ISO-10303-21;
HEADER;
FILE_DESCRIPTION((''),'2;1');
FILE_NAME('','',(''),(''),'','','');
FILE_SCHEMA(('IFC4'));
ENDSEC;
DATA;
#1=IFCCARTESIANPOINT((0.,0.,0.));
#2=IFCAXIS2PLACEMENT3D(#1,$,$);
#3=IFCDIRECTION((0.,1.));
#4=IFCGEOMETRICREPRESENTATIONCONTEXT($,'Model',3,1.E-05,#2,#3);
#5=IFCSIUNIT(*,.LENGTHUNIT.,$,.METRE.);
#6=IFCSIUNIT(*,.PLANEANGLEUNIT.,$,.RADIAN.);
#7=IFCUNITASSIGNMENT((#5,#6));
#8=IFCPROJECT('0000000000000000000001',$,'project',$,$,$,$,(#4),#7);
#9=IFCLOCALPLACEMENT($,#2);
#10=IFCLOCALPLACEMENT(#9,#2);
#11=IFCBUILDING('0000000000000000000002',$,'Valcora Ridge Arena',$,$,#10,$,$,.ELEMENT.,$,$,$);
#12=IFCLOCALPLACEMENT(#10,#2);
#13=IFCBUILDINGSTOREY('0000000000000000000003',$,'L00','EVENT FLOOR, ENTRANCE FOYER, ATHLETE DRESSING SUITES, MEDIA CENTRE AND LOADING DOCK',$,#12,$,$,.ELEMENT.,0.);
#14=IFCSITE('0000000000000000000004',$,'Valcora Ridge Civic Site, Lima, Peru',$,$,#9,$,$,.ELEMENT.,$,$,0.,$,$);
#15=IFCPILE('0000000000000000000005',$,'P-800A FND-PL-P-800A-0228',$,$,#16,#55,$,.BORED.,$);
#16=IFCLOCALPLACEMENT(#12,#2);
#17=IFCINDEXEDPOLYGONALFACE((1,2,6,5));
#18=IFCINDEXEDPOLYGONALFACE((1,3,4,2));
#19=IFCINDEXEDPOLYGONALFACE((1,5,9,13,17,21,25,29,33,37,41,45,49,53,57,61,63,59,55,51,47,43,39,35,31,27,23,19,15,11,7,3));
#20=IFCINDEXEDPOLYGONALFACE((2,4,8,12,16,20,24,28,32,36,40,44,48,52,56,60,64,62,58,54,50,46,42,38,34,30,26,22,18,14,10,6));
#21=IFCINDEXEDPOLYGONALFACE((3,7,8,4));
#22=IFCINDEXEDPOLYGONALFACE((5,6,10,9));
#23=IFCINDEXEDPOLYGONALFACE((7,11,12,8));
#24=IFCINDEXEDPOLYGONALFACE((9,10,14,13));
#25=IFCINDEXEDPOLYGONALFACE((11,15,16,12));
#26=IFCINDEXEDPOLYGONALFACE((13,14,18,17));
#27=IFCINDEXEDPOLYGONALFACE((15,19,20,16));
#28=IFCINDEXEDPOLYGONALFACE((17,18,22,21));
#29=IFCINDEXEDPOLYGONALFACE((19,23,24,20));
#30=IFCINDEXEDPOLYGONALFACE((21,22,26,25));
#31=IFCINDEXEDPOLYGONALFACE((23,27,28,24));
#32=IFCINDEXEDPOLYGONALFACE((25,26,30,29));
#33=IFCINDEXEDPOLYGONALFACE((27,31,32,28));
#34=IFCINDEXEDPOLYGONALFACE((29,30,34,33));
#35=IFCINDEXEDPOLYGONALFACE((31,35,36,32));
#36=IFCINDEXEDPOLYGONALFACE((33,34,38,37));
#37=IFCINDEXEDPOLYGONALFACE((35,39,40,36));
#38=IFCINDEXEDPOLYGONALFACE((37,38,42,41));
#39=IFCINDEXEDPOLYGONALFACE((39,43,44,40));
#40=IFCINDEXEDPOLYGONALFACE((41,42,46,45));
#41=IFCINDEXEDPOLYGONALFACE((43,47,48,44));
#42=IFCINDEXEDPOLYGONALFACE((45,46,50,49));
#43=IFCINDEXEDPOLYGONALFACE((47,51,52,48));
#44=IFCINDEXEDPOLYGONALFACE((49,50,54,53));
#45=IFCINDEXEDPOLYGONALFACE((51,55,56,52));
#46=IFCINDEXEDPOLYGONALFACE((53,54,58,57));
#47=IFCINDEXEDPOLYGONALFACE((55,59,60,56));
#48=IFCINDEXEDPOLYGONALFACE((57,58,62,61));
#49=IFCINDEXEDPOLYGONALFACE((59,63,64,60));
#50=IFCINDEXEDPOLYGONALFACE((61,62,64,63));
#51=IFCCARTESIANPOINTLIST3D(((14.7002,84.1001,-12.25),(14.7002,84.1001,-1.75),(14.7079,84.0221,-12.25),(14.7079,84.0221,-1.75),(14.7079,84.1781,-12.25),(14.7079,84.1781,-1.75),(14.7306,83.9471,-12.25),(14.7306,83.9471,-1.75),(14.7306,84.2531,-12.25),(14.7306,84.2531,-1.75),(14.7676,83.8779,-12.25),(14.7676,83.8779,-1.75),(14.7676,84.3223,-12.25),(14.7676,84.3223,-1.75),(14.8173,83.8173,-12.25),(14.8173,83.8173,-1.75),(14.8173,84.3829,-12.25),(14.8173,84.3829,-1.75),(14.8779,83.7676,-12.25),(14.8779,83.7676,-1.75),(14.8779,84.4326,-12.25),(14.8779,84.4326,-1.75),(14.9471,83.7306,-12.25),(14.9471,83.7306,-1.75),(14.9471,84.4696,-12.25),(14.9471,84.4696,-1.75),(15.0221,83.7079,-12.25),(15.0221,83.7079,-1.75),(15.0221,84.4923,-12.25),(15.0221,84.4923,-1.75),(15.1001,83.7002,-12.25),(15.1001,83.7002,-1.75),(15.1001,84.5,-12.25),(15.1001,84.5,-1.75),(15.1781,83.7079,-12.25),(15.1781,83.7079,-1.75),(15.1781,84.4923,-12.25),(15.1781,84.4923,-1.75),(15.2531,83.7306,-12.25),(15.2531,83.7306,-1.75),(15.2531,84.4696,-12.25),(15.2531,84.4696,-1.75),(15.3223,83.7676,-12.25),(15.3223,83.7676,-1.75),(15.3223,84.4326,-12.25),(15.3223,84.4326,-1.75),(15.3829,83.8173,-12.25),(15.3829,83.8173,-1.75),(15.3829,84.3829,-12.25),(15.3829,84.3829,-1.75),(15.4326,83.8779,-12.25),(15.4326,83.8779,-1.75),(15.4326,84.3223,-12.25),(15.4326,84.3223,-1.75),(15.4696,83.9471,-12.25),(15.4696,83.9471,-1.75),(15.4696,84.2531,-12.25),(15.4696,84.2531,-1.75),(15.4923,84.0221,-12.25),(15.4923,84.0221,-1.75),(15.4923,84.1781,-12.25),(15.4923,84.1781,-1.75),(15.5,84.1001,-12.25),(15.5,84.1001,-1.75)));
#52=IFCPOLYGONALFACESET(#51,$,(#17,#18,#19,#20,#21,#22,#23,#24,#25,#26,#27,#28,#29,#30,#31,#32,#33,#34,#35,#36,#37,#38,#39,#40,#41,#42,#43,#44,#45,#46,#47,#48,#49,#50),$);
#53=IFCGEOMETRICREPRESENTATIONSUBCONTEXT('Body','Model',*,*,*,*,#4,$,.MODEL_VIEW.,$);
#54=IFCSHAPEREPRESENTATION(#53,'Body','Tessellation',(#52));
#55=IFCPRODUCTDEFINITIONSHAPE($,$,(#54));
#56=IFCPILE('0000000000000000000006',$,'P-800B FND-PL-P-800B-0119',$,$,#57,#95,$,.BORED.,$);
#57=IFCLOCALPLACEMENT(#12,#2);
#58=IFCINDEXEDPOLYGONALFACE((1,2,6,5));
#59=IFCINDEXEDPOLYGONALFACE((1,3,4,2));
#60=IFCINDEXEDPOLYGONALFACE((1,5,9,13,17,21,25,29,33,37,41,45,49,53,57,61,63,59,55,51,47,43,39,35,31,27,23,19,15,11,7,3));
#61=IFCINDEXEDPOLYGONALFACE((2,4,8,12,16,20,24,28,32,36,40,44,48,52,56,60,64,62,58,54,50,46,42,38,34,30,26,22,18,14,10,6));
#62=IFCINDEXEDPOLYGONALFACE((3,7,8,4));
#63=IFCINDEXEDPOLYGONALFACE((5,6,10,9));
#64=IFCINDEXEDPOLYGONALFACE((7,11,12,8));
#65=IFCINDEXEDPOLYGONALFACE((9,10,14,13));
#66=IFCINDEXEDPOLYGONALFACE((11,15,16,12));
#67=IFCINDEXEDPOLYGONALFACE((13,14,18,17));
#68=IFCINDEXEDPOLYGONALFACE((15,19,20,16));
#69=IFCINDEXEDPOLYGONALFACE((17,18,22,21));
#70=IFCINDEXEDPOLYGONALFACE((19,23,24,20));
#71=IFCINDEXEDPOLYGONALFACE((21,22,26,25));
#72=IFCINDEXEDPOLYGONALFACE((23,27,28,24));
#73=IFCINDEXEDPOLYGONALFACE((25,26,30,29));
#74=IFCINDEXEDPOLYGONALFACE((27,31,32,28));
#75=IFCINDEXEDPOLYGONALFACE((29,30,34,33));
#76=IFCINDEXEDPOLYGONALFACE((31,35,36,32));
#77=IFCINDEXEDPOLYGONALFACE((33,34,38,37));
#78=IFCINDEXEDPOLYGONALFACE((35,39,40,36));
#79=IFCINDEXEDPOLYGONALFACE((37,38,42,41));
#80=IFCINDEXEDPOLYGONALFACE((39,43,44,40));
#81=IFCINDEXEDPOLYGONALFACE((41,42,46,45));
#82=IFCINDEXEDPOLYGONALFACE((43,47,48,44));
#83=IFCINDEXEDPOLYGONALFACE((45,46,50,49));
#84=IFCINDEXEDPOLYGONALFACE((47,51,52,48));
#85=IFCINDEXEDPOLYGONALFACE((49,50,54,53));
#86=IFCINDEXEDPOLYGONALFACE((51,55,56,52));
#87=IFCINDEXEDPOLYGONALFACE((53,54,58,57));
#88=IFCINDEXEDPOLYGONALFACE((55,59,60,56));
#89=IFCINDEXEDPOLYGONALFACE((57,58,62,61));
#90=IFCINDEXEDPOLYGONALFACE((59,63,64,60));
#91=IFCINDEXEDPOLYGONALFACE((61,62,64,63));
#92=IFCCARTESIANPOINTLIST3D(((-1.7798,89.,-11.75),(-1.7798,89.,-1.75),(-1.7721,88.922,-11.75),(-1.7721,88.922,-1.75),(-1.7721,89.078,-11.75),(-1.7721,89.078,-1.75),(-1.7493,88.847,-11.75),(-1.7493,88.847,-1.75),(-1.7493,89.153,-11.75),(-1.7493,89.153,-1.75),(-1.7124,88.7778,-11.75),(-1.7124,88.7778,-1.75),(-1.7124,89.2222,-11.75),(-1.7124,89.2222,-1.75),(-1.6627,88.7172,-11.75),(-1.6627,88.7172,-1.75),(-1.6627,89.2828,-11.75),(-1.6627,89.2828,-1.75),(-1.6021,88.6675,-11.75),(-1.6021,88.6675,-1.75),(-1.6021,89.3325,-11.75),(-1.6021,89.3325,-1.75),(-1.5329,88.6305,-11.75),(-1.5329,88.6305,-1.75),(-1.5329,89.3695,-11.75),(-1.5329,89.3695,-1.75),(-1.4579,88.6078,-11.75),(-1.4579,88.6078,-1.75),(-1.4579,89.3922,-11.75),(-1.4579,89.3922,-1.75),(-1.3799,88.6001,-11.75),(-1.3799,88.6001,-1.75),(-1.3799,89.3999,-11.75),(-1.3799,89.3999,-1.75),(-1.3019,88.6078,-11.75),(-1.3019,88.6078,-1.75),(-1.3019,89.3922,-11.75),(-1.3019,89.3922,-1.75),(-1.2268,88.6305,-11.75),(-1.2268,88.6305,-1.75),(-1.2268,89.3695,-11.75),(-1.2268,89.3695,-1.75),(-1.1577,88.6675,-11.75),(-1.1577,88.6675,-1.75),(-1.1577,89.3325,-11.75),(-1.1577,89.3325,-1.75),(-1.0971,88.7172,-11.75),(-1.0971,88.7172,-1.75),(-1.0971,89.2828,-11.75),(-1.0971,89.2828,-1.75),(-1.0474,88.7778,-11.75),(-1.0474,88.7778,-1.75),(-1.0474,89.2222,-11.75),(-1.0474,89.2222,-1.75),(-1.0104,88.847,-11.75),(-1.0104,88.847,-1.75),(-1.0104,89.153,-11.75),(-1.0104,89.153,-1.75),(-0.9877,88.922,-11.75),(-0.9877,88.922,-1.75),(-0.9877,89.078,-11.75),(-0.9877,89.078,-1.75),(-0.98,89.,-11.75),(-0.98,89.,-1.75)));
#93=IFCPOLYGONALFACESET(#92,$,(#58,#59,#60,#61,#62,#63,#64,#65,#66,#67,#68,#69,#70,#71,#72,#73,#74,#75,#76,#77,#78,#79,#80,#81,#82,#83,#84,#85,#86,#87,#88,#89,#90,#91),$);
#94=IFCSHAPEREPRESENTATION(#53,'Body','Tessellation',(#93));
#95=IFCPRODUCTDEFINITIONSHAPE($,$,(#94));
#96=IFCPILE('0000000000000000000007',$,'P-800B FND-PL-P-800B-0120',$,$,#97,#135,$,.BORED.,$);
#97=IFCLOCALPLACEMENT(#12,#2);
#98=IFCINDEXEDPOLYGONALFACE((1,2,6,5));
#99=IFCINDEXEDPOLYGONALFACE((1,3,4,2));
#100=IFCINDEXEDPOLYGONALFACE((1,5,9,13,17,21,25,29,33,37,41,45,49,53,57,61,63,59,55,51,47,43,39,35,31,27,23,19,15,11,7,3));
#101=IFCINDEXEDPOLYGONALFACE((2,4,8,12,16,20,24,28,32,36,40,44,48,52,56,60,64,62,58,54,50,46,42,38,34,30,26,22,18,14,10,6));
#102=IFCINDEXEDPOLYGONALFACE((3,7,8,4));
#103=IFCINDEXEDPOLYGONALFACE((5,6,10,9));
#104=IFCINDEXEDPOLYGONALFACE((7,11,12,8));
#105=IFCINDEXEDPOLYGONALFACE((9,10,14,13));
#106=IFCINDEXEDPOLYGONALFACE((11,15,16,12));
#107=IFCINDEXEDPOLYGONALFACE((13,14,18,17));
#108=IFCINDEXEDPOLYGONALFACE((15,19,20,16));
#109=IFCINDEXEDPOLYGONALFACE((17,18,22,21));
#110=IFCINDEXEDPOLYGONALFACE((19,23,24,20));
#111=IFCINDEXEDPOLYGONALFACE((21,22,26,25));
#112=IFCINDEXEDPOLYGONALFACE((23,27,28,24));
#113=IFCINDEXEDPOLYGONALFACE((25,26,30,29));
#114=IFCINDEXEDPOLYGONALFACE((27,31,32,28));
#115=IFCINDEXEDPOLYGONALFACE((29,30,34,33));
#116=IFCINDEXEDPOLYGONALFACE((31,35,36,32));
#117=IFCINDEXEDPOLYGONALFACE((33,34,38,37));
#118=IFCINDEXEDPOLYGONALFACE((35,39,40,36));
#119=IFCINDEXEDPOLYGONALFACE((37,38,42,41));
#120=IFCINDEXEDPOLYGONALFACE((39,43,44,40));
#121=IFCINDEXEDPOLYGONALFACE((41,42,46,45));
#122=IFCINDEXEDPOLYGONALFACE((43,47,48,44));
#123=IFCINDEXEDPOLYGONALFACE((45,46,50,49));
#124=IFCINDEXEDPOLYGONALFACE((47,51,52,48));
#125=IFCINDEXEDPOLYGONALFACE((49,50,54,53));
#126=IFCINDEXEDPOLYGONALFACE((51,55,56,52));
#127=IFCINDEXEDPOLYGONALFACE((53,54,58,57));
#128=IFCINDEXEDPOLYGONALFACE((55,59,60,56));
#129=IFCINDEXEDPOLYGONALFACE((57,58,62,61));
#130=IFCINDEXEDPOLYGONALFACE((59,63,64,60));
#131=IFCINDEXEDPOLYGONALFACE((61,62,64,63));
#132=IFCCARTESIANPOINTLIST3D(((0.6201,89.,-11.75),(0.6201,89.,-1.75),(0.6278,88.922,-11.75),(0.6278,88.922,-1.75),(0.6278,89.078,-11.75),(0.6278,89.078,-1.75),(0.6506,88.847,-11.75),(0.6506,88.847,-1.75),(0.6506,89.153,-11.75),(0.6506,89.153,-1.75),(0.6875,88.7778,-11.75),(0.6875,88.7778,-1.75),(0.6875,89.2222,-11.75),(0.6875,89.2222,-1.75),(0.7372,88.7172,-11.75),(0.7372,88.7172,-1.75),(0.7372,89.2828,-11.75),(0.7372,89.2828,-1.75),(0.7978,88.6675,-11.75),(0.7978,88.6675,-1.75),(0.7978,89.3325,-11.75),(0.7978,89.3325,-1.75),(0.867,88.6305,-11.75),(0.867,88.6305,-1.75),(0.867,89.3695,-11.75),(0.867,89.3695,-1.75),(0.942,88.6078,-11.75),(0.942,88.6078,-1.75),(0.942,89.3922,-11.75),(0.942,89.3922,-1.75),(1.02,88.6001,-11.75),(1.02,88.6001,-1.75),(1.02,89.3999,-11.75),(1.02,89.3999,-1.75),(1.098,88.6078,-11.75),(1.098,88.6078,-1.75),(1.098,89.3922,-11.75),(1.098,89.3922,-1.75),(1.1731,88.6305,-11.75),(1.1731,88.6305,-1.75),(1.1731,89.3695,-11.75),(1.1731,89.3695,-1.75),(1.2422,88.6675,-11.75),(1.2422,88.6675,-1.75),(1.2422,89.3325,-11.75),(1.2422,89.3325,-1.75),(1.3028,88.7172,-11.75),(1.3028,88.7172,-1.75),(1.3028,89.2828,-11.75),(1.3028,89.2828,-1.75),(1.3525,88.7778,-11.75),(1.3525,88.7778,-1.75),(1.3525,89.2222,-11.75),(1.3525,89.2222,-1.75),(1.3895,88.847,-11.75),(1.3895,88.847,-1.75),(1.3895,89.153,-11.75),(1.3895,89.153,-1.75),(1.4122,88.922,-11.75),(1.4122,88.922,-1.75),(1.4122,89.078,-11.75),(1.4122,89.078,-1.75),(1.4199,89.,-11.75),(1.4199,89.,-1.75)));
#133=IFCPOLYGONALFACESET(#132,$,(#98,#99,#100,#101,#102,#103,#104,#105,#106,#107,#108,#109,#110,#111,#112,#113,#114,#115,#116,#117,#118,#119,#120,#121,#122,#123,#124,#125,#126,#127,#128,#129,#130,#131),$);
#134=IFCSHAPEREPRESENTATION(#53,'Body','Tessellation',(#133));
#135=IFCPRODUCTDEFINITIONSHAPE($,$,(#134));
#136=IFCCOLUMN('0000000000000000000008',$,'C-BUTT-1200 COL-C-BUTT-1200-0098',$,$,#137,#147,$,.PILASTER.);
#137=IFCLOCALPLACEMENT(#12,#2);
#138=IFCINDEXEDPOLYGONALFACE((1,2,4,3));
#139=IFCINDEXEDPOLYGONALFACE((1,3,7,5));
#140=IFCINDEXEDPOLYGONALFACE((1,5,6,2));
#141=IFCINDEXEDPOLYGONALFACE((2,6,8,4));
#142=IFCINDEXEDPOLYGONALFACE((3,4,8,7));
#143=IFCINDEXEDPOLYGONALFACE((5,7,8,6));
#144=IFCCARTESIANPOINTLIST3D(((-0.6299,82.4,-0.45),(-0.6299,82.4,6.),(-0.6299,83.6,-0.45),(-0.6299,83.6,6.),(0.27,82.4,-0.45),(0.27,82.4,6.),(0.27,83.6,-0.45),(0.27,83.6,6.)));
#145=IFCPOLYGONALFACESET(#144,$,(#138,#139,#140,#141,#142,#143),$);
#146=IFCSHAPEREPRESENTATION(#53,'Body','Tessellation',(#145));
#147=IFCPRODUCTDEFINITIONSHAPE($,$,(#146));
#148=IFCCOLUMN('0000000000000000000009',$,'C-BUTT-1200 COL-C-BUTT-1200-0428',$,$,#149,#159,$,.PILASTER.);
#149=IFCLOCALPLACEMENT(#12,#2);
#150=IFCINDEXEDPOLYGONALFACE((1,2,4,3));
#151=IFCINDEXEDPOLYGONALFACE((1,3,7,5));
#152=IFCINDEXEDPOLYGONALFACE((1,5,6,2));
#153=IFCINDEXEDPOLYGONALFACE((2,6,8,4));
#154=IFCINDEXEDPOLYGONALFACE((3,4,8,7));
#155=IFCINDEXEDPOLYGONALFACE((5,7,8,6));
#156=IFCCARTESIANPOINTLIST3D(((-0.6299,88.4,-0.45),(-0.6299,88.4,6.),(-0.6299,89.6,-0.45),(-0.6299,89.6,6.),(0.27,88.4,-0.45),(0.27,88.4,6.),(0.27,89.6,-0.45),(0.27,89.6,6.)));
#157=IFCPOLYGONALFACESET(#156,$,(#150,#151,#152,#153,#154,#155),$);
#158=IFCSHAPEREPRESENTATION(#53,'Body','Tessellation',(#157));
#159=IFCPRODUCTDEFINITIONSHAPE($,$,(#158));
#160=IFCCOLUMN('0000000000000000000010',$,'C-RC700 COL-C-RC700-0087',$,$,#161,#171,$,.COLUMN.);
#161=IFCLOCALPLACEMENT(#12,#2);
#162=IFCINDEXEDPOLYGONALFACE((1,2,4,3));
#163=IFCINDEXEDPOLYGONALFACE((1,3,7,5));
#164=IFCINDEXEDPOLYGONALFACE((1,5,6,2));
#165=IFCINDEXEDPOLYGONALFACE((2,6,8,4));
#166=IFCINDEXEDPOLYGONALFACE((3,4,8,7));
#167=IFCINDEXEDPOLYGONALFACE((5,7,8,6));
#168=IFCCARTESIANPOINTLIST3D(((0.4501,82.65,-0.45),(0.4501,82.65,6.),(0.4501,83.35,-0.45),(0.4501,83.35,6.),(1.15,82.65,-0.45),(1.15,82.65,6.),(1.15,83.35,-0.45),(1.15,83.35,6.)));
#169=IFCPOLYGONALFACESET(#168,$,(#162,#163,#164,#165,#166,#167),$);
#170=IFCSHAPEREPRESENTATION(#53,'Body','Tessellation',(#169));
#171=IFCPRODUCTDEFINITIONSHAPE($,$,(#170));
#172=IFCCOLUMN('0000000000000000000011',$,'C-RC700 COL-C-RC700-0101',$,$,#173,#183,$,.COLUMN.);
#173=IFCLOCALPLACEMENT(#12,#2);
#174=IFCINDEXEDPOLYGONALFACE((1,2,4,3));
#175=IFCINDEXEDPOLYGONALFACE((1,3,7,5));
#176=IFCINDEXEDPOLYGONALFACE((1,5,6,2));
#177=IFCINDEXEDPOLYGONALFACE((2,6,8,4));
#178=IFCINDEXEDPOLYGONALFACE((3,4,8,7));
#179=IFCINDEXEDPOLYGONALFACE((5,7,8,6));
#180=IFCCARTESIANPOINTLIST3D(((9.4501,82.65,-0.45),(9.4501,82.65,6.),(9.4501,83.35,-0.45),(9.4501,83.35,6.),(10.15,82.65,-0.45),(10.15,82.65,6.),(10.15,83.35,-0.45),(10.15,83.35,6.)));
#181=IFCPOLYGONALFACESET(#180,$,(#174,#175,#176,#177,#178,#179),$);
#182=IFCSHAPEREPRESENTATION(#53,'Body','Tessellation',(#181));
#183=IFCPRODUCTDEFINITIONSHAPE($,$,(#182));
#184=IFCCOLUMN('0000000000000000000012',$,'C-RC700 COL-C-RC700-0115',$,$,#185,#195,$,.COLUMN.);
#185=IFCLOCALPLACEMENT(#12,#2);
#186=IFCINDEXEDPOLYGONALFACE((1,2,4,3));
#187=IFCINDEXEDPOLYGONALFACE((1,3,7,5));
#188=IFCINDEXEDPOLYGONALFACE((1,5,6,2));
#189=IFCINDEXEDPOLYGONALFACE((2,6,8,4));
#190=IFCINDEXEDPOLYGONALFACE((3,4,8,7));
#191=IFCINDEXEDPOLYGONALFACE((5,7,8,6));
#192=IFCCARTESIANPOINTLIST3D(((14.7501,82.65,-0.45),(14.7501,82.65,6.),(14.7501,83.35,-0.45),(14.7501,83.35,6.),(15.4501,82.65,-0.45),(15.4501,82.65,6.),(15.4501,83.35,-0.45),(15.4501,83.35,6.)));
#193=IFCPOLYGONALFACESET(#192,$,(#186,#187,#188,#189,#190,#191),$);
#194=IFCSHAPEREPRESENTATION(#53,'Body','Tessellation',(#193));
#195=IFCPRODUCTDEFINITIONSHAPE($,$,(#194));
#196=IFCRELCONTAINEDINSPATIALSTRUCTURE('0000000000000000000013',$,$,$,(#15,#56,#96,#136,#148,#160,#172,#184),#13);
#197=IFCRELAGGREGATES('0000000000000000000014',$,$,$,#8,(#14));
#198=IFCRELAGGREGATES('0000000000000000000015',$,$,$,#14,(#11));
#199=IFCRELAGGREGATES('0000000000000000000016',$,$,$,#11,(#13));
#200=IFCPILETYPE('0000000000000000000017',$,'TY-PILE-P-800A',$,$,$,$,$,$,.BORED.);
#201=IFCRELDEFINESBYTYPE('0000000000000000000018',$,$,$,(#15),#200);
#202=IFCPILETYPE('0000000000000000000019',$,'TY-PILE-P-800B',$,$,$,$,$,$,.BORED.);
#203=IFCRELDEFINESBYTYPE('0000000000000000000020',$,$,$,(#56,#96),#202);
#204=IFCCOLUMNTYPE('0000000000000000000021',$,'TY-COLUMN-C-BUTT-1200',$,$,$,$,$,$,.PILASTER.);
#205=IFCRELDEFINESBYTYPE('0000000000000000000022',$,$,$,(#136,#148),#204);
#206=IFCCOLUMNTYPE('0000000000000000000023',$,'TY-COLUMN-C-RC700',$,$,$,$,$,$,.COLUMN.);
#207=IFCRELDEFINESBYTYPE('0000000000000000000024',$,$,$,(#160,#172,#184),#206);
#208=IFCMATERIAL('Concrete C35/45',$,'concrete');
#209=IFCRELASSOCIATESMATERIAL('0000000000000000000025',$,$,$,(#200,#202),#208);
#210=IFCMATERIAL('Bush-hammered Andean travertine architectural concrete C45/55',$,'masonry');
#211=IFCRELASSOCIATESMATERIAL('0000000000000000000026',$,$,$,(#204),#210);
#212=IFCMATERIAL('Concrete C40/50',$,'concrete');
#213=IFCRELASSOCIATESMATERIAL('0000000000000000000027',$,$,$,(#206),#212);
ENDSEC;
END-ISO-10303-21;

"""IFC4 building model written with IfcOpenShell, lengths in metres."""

from ifc_helpers import new_model, si_unit, direction, frame, origin, origin_2d, place, context, subcontext, project, spatial, rectangle, circle, extrude, material, material_profile, profile_set, type_object, element, save


model = new_model("IFC4")

# Units and contexts
model_context = context("Model", 3, precision=1e-05, world=origin(), true_north=direction((0.0, 1.0)))
body_context = subcontext(model_context, "Body", "Model", "MODEL_VIEW")
ifc_project = project(units=[si_unit("LENGTHUNIT", "METRE"), si_unit("PLANEANGLEUNIT", "RADIAN")], contexts=[model_context])

# Site, building, storey
site_placement = place(None, origin())
site = spatial("IfcSite", under=ifc_project, at=site_placement, Name="Valcora Ridge Civic Site, Lima, Peru", CompositionType="ELEMENT", RefElevation=0.0)
building_placement = place(site_placement, origin())
building = spatial("IfcBuilding", under=site, at=building_placement, Name="Valcora Ridge Arena", CompositionType="ELEMENT")
storey_placement = place(building_placement, origin())
storey = spatial("IfcBuildingStorey", under=building, at=storey_placement, Name="L00", Description="EVENT FLOOR, ENTRANCE FOYER, ATHLETE DRESSING SUITES, MEDIA CENTRE AND LOADING DOCK", CompositionType="ELEMENT", Elevation=0.0)

# Shared definitions
ifc_material_1 = material(Name="Concrete C40/50", Category="concrete")

# Piles
ifc_material_2 = material(Name="Concrete C35/45", Category="concrete")
ifc_material_profile_1 = material_profile(ifc_material_2, circle(Radius=0.3999, at=origin_2d()), Name="BORED PILE D800")
ifc_profile_set_1 = profile_set([ifc_material_profile_1], Name="Concrete C35/45")
pile_type_1 = type_object("IfcPileType", Name="TY-PILE-P-800A", PredefinedType="BORED", material=ifc_profile_set_1)
for number, where, z_axis, x_axis, name in (
    (1, (15.1001, 84.1001, -1.75), (0.0, 0.0, -1.0), (1.0, 0.0, 0.0), "P-800A FND-PL-P-800A-0228"),
):
    element("IfcPile", number, at=place(storey_placement, frame(where, z_axis=z_axis, x_axis=x_axis)), inside=storey, type_object=pile_type_1, Name=name, PredefinedType="BORED", context=body_context, shape_type="SweptSolid", body=[
        extrude(circle(Radius=0.3999, at=origin_2d()), origin(), (0.0, 0.0, 1.0), 10.5),
    ])
ifc_material_profile_2 = material_profile(ifc_material_2, circle(Radius=0.3999, at=origin_2d()), Name="BORED PILE D800")
ifc_profile_set_2 = profile_set([ifc_material_profile_2], Name="Concrete C35/45")
pile_type_2 = type_object("IfcPileType", Name="TY-PILE-P-800B", PredefinedType="BORED", material=ifc_profile_set_2)
for number, where, z_axis, x_axis, name in (
    (2, (-1.3799, 89.0, -1.75), (0.0, 0.0, -1.0), (1.0, 0.0, 0.0), "P-800B FND-PL-P-800B-0119"),
    (3, (1.02, 89.0, -1.75), (0.0, 0.0, -1.0), (1.0, 0.0, 0.0), "P-800B FND-PL-P-800B-0120"),
):
    element("IfcPile", number, at=place(storey_placement, frame(where, z_axis=z_axis, x_axis=x_axis)), inside=storey, type_object=pile_type_2, Name=name, PredefinedType="BORED", context=body_context, shape_type="SweptSolid", body=[
        extrude(circle(Radius=0.3999, at=origin_2d()), origin(), (0.0, 0.0, 1.0), 10.0),
    ])

# Columns
ifc_material_3 = material(Name="Bush-hammered Andean travertine architectural concrete C45/55", Category="masonry")
ifc_material_profile_3 = material_profile(ifc_material_3, rectangle(XDim=0.8999, YDim=1.2, at=origin_2d()), Name="RC 900x1200")
ifc_profile_set_3 = profile_set([ifc_material_profile_3], Name="Bush-hammered Andean travertine architectural concrete C45/55")
column_type_1 = type_object("IfcColumnType", Name="TY-COLUMN-C-BUTT-1200", PredefinedType="PILASTER", material=ifc_profile_set_3)
for number, where, z_axis, x_axis, name in (
    (4, (-0.1799, 83.0, -0.45), (0.0, 0.0, 1.0), (1.0, 0.0, 0.0), "C-BUTT-1200 COL-C-BUTT-1200-0098"),
    (5, (-0.1799, 89.0, -0.45), (0.0, 0.0, 1.0), (1.0, 0.0, 0.0), "C-BUTT-1200 COL-C-BUTT-1200-0428"),
):
    element("IfcColumn", number, at=place(storey_placement, frame(where, z_axis=z_axis, x_axis=x_axis)), inside=storey, type_object=column_type_1, Name=name, PredefinedType="PILASTER", context=body_context, shape_type="SweptSolid", body=[
        extrude(rectangle(XDim=0.8999, YDim=1.2, at=origin_2d()), origin(), (0.0, 0.0, 1.0), 6.45),
    ])
ifc_material_profile_4 = material_profile(ifc_material_1, rectangle(XDim=0.7, YDim=0.7, at=origin_2d()), Name="RC 700x700")
ifc_profile_set_4 = profile_set([ifc_material_profile_4], Name="Concrete C40/50")
column_type_2 = type_object("IfcColumnType", Name="TY-COLUMN-C-RC700", PredefinedType="COLUMN", material=ifc_profile_set_4)
for number, where, z_axis, x_axis, name in (
    (6, (0.8, 83.0, -0.45), (0.0, 0.0, 1.0), (1.0, 0.0, 0.0), "C-RC700 COL-C-RC700-0087"),
    (7, (9.8, 83.0, -0.45), (0.0, 0.0, 1.0), (1.0, 0.0, 0.0), "C-RC700 COL-C-RC700-0101"),
    (8, (15.1001, 83.0, -0.45), (0.0, 0.0, 1.0), (1.0, 0.0, 0.0), "C-RC700 COL-C-RC700-0115"),
):
    element("IfcColumn", number, at=place(storey_placement, frame(where, z_axis=z_axis, x_axis=x_axis)), inside=storey, type_object=column_type_2, Name=name, PredefinedType="COLUMN", context=body_context, shape_type="SweptSolid", body=[
        extrude(rectangle(XDim=0.7, YDim=0.7, at=origin_2d()), origin(), (0.0, 0.0, 1.0), 6.45),
    ])

save(model, "model.ifc")
